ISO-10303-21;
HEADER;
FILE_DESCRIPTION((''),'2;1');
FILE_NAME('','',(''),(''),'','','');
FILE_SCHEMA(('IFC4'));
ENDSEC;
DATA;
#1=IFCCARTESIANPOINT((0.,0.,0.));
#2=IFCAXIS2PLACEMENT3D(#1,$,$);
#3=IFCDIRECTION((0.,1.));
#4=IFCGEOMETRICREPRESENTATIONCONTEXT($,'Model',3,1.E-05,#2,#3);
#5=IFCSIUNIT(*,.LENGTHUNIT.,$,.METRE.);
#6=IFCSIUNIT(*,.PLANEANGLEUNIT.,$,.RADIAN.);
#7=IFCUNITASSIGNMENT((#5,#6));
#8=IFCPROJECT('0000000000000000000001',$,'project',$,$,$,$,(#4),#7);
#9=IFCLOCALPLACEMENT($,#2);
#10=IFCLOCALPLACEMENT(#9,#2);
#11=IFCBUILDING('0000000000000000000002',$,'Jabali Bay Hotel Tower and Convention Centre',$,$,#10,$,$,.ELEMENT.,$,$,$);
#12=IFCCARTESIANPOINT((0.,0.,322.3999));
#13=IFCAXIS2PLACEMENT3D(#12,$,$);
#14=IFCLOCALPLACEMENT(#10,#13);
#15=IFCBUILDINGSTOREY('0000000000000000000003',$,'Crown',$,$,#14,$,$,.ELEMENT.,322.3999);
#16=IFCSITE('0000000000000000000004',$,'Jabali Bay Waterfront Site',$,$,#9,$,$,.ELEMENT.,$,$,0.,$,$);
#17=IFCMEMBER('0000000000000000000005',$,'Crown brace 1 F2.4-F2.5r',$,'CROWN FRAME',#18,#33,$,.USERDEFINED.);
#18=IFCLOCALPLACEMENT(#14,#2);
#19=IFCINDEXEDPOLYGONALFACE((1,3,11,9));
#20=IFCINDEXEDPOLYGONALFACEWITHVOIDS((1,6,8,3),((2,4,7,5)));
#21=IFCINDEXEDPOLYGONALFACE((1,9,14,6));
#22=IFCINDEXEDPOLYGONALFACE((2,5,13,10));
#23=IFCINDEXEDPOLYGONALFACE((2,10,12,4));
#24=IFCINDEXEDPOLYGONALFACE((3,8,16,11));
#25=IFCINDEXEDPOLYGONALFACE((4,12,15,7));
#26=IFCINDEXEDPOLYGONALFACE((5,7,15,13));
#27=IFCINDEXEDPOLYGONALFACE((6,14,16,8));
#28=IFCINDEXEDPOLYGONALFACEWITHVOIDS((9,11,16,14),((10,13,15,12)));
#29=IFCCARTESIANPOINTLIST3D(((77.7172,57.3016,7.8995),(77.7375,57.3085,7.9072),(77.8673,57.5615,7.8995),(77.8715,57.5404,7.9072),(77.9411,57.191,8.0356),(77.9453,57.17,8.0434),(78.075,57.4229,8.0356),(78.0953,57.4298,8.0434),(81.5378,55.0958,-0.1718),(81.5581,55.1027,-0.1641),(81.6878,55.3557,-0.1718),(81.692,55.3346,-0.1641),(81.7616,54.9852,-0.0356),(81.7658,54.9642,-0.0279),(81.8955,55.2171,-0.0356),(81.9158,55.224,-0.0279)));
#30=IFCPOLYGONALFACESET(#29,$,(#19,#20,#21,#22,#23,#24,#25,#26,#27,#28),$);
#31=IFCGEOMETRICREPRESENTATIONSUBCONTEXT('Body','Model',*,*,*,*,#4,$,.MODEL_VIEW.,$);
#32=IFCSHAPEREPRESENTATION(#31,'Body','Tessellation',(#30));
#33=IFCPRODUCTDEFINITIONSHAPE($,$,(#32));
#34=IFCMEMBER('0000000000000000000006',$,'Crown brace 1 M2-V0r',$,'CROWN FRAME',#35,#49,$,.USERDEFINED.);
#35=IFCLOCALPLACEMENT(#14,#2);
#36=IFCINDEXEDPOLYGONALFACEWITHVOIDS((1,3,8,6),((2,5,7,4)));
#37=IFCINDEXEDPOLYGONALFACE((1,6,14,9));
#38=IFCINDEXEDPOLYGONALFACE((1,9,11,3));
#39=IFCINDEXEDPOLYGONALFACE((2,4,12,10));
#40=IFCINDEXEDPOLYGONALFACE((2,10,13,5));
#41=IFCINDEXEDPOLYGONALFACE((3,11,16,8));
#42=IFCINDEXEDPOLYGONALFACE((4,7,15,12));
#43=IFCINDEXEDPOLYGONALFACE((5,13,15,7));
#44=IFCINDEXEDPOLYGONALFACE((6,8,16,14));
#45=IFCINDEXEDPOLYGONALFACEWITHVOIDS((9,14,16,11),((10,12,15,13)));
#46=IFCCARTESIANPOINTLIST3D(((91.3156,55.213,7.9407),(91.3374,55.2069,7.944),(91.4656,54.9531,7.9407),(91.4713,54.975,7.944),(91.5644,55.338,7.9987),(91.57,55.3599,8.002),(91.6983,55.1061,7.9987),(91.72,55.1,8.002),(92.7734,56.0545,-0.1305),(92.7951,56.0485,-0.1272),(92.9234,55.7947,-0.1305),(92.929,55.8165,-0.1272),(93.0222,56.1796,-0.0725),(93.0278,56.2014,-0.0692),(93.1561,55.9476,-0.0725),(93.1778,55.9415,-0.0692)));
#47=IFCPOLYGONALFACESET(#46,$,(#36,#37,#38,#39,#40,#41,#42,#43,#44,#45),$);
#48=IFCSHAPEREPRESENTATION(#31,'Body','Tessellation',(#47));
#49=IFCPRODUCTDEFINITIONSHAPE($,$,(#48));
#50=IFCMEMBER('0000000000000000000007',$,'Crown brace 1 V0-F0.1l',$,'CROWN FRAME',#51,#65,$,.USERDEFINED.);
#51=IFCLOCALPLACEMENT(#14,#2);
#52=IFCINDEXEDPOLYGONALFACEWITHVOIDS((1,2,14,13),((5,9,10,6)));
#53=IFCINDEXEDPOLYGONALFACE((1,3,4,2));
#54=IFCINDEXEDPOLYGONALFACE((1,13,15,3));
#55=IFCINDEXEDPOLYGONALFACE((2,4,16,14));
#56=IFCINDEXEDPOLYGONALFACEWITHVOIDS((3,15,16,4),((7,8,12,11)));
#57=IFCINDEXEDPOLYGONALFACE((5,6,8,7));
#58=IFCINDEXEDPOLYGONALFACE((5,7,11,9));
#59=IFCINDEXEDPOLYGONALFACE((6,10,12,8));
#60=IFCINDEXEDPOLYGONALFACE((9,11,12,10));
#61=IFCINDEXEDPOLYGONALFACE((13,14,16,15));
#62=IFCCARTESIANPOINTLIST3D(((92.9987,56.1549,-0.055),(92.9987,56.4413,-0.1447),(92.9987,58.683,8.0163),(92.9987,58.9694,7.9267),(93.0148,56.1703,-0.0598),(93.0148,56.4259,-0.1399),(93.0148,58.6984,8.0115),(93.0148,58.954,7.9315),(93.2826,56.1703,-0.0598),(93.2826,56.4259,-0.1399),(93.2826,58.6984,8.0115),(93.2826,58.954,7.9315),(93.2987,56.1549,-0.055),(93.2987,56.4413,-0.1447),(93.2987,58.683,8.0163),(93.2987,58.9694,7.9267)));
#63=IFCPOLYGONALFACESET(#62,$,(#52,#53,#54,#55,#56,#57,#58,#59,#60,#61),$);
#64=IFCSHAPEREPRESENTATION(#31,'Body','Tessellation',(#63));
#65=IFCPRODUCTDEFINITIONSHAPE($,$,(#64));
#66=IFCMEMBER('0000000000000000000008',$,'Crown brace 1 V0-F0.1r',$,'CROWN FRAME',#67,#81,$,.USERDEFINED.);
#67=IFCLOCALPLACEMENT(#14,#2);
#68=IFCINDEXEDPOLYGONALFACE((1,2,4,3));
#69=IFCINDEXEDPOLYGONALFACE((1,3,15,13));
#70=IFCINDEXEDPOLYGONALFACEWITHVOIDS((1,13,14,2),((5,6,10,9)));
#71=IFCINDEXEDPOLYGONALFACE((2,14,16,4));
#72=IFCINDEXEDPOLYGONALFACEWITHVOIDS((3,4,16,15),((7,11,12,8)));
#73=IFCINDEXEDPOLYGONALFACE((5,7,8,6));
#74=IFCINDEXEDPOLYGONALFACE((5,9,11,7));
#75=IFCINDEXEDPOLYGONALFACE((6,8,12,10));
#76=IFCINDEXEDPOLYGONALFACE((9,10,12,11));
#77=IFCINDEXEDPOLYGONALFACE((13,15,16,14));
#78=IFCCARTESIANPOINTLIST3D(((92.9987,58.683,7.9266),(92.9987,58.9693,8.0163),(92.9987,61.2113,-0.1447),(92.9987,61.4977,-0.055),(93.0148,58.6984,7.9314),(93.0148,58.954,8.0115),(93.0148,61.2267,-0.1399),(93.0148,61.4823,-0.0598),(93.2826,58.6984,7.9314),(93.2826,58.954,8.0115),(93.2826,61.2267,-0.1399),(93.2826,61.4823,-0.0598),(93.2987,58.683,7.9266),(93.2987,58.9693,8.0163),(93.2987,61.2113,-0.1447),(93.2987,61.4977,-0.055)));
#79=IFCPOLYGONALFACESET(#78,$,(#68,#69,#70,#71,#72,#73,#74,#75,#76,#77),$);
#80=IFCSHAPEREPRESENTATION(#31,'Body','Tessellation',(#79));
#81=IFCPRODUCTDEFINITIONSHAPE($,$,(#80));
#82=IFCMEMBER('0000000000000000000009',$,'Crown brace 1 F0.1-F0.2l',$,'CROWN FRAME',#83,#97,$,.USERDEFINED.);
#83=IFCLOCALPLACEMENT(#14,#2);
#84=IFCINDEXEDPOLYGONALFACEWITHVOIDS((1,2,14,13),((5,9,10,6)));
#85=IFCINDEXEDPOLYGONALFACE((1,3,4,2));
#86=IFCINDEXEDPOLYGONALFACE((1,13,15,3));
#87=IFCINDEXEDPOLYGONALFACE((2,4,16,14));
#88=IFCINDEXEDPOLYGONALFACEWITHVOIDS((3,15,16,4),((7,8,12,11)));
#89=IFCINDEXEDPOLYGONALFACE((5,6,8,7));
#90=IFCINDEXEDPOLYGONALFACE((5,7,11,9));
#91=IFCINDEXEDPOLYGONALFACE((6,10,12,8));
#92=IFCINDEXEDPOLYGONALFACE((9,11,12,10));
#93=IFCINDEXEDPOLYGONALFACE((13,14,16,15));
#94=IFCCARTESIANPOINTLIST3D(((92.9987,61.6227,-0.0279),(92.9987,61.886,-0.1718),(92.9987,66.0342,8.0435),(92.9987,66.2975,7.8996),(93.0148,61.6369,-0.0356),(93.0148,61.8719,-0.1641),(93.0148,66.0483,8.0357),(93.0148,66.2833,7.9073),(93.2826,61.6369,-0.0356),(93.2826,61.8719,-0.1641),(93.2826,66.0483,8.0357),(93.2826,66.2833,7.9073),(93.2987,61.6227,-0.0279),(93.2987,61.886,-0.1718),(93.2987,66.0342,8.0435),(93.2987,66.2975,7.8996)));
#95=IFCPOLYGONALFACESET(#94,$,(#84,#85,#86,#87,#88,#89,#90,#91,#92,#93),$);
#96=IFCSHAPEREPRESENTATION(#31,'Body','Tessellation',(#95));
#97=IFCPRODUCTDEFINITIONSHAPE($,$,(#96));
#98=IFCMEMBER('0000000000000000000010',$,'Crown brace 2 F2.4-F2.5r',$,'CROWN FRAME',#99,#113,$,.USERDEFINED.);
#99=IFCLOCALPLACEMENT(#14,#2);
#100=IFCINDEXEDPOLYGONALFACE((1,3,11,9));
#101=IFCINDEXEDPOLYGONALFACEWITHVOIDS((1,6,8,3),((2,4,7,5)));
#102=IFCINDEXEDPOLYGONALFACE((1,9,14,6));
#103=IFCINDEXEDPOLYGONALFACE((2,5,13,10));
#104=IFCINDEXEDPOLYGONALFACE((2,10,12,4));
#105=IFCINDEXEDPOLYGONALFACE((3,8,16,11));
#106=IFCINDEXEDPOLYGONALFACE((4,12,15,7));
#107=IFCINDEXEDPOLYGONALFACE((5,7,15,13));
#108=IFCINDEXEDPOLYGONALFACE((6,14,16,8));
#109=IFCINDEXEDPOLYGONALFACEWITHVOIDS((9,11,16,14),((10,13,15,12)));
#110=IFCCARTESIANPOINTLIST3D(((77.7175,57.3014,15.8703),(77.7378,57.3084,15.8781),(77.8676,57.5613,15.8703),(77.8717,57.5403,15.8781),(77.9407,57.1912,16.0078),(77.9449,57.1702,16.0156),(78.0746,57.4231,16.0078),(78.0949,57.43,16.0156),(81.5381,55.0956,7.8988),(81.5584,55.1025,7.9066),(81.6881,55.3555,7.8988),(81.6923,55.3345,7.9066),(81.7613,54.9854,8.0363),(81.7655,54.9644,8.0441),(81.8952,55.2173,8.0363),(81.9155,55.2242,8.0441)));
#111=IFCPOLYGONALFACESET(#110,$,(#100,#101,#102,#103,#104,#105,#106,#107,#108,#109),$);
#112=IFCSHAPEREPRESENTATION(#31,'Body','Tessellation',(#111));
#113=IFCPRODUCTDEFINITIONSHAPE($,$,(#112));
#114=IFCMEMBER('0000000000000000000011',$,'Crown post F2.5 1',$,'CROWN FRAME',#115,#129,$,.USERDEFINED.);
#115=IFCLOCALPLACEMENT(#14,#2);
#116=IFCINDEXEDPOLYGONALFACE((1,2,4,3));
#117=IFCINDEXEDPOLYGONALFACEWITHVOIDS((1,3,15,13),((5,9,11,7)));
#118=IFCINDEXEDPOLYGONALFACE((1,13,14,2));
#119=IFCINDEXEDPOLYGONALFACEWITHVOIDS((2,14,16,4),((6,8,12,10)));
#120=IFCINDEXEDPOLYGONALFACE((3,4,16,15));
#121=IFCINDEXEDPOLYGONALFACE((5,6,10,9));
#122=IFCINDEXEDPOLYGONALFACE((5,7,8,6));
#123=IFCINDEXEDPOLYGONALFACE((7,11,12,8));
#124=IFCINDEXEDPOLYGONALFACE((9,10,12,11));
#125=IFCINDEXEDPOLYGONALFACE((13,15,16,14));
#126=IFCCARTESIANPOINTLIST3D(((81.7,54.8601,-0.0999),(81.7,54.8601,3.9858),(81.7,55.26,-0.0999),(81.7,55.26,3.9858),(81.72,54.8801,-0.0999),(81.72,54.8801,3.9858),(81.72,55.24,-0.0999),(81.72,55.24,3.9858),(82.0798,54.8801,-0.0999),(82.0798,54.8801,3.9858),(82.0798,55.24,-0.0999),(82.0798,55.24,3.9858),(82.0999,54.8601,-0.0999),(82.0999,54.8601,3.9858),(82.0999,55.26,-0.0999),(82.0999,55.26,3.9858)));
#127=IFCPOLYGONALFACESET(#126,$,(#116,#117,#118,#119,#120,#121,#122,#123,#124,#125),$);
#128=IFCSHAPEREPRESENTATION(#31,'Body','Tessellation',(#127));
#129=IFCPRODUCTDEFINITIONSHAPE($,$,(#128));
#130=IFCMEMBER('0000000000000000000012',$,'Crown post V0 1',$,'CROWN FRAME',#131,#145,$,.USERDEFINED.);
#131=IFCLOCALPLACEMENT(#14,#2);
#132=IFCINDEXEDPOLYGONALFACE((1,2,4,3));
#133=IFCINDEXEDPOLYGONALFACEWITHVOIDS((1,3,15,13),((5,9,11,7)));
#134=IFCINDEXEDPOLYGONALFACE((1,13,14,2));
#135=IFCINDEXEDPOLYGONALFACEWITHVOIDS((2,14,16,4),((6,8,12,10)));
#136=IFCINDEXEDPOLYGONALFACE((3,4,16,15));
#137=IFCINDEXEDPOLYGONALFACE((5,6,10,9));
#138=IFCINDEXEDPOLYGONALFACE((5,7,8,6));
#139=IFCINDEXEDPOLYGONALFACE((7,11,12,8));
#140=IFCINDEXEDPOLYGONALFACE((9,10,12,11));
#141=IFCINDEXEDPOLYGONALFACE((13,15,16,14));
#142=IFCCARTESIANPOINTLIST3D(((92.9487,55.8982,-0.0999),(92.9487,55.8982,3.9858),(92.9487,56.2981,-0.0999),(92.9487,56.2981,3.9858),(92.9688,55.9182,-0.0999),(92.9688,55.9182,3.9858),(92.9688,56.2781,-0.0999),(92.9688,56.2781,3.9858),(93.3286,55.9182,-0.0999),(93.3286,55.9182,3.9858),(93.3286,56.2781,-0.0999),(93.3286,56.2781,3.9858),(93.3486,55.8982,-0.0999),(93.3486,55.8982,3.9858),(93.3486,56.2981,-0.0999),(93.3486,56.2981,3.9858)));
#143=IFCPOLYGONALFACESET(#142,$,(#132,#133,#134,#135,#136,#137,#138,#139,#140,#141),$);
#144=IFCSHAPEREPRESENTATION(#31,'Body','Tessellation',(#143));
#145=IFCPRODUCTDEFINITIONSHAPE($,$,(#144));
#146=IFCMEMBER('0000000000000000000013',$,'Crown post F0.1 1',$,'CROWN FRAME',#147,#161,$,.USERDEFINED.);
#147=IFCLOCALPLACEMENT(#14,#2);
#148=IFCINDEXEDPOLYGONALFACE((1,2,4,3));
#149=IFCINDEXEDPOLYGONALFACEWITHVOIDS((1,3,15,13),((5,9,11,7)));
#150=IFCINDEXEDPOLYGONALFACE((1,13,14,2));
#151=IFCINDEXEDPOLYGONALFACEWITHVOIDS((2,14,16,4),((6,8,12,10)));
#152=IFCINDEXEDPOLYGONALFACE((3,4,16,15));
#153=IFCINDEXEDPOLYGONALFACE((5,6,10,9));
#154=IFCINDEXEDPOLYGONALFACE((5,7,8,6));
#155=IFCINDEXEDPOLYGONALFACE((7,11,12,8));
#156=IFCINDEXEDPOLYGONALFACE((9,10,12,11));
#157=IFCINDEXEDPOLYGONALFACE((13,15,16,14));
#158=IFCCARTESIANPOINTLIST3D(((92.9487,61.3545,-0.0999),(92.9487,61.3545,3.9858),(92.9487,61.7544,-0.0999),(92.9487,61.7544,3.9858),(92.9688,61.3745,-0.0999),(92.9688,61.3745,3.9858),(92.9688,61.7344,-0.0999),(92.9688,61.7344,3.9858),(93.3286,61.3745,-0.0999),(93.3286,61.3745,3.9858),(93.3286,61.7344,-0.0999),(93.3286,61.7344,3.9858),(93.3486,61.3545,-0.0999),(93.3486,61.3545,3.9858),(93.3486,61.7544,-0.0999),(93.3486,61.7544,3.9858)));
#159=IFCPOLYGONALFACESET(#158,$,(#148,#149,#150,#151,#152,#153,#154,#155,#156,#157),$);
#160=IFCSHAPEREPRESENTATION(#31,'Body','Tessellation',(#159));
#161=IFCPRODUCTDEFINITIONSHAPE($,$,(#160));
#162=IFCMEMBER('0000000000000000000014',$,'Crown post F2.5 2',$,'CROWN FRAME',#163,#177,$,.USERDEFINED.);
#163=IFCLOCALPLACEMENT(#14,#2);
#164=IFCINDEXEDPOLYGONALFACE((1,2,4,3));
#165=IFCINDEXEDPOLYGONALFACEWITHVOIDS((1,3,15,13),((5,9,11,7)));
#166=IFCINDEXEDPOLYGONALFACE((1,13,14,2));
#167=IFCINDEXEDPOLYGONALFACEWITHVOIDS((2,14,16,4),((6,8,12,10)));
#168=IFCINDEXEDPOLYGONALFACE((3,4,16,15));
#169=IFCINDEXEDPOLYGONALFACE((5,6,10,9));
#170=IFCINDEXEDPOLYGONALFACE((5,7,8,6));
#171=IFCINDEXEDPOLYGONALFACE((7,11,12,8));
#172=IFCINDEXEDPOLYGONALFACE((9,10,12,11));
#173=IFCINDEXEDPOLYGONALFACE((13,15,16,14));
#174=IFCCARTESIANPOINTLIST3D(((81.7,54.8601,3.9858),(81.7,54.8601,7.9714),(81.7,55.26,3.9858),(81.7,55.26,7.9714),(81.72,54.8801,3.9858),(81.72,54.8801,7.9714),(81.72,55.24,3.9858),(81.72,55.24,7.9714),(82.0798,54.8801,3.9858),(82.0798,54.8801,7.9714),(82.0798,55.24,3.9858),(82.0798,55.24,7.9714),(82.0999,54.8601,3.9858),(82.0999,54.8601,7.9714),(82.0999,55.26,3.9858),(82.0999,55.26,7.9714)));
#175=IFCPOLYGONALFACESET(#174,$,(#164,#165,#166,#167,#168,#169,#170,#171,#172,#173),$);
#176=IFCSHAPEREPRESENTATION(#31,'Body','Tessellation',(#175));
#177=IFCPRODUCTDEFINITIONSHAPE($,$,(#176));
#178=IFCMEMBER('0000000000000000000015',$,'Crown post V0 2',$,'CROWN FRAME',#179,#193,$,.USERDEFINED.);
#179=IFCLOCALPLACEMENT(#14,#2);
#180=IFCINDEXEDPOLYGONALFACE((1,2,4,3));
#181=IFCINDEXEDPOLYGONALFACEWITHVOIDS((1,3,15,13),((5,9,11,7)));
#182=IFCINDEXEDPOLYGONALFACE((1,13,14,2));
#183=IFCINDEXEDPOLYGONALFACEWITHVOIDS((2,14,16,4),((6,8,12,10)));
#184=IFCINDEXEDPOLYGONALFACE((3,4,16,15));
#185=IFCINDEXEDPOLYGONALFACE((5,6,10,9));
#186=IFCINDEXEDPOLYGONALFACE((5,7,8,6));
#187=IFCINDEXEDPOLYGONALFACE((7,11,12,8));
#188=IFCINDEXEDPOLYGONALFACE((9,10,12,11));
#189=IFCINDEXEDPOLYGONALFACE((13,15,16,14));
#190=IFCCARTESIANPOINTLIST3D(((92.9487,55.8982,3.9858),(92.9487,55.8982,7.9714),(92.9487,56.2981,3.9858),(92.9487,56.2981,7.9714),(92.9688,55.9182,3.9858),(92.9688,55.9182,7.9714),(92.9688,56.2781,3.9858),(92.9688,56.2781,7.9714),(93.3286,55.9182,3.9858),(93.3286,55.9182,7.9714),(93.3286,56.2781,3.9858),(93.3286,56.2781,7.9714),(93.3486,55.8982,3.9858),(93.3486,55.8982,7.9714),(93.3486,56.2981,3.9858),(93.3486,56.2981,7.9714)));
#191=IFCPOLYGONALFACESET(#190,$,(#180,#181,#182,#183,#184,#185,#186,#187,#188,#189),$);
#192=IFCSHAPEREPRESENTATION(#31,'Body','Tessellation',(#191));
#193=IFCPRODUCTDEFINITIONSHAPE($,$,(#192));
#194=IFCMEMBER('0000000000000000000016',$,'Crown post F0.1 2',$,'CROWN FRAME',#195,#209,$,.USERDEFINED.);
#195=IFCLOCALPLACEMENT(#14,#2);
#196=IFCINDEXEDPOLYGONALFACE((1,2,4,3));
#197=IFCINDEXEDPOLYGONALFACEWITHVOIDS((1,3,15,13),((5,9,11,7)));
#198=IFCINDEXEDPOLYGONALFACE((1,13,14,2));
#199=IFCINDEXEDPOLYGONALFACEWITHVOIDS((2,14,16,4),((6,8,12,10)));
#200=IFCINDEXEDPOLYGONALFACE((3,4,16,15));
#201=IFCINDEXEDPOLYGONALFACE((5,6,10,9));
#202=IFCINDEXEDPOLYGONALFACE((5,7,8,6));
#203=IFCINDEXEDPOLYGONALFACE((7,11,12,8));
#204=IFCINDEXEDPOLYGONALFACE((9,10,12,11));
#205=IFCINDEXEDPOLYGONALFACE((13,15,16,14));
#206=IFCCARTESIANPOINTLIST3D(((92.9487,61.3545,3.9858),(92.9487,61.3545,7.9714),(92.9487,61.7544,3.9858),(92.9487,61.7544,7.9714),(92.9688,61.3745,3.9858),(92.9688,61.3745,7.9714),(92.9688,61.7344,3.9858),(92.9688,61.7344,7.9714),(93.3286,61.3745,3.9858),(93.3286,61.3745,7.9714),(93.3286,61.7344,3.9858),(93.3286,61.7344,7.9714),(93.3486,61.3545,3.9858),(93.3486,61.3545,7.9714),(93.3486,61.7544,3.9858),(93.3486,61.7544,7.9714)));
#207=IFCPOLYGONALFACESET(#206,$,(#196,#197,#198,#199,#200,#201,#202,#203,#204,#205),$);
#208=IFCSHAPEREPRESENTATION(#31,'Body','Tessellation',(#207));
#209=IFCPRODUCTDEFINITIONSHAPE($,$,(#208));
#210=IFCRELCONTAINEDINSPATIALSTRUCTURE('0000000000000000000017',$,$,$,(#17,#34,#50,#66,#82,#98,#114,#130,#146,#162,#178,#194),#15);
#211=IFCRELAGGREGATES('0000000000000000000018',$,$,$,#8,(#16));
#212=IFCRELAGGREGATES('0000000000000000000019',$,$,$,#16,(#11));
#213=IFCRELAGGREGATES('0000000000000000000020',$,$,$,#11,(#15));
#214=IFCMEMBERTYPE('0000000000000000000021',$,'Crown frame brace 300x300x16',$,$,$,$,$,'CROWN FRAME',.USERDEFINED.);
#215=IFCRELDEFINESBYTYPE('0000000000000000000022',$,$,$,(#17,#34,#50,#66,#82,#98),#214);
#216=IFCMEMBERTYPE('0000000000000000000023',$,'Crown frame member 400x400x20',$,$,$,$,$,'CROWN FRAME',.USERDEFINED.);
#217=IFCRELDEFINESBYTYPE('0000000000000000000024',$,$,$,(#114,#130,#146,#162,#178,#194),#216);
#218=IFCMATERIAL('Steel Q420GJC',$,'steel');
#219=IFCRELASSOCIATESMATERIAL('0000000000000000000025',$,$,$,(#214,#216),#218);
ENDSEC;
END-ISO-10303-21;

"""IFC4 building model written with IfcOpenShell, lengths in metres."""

from ifc_helpers import new_model, si_unit, direction, frame, origin, origin_2d, place, context, subcontext, project, spatial, hollow_rectangle, extrude, material, material_profile, profile_set, type_object, element, save


model = new_model("IFC4")

# Units and contexts
model_context = context("Model", 3, precision=1e-05, world=origin(), true_north=direction((0.0, 1.0)))
body_context = subcontext(model_context, "Body", "Model", "MODEL_VIEW")
ifc_project = project(units=[si_unit("LENGTHUNIT", "METRE"), si_unit("PLANEANGLEUNIT", "RADIAN")], contexts=[model_context])

# Site, building, storey
site_placement = place(None, origin())
site = spatial("IfcSite", under=ifc_project, at=site_placement, Name="Jabali Bay Waterfront Site", CompositionType="ELEMENT", RefElevation=0.0)
building_placement = place(site_placement, origin())
building = spatial("IfcBuilding", under=site, at=building_placement, Name="Jabali Bay Hotel Tower and Convention Centre", CompositionType="ELEMENT")
storey_placement = place(building_placement, frame((0.0, 0.0, 322.3999)))
storey = spatial("IfcBuildingStorey", under=building, at=storey_placement, Name="Crown", CompositionType="ELEMENT", Elevation=322.3999)

# Members
ifc_material_1 = material(Name="Steel Q420GJC", Category="steel")
ifc_material_profile_1 = material_profile(ifc_material_1, hollow_rectangle(XDim=0.3, YDim=0.3, WallThickness=0.0161, at=origin_2d()), Name="Crown frame brace 300x300x16")
ifc_profile_set_1 = profile_set([ifc_material_profile_1], Name="Steel Q420GJC")
member_type_1 = type_object("IfcMemberType", Name="Crown frame brace 300x300x16", ElementType="CROWN FRAME", PredefinedType="USERDEFINED", material=ifc_profile_set_1)
member_1_placement = place(storey_placement, frame((81.7268, 55.1599, -0.0999), z_axis=(-0.415357, 0.239807, 0.87748), x_axis=(-0.500002, -0.866024, 0.0)))
element("IfcMember", 1, at=member_1_placement, inside=storey, type_object=member_type_1, Name="Crown brace 1 F2.4-F2.5r", ObjectType="CROWN FRAME", PredefinedType="USERDEFINED", context=body_context, shape_type="SweptSolid", body=[
    extrude(hollow_rectangle(XDim=0.3, YDim=0.3, WallThickness=0.0161, at=origin_2d()), origin(), (0.0, 0.0, 1.0), 9.1982),
])
member_2_placement = place(storey_placement, frame((92.9756, 55.998, -0.0999), z_axis=(-0.176807, -0.102069, 0.978939), x_axis=(0.499961, -0.866048, 0.0)))
element("IfcMember", 2, at=member_2_placement, inside=storey, type_object=member_type_1, Name="Crown brace 1 M2-V0r", ObjectType="CROWN FRAME", PredefinedType="USERDEFINED", context=body_context, shape_type="SweptSolid", body=[
    extrude(hollow_rectangle(XDim=0.3, YDim=0.3, WallThickness=0.0161, at=origin_2d()), origin(), (0.0, 0.0, 1.0), 8.2449),
])
for number, where, z_axis, x_axis, name in (
    (3, (93.1487, 56.2981, -0.0999), (0.0, 0.298899, 0.954285), (-1.0, 0.0, 0.0), "Crown brace 1 V0-F0.1l"),
    (4, (93.1487, 61.3545, -0.0999), (0.0, -0.298926, 0.954276), (1.0, 0.0, 0.0), "Crown brace 1 V0-F0.1r"),
):
    element("IfcMember", number, at=place(storey_placement, frame(where, z_axis=z_axis, x_axis=x_axis)), inside=storey, type_object=member_type_1, Name=name, ObjectType="CROWN FRAME", PredefinedType="USERDEFINED", context=body_context, shape_type="SweptSolid", body=[
        extrude(hollow_rectangle(XDim=0.3, YDim=0.3, WallThickness=0.0161, at=origin_2d()), origin(), (0.0, 0.0, 1.0), 8.458),
    ])
member_3_placement = place(storey_placement, frame((93.1487, 61.7544, -0.0999), z_axis=(0.0, 0.479594, 0.877491), x_axis=(-1.0, 0.0, 0.0)))
element("IfcMember", 5, at=member_3_placement, inside=storey, type_object=member_type_1, Name="Crown brace 1 F0.1-F0.2l", ObjectType="CROWN FRAME", PredefinedType="USERDEFINED", context=body_context, shape_type="SweptSolid", body=[
    extrude(hollow_rectangle(XDim=0.3, YDim=0.3, WallThickness=0.0161, at=origin_2d()), origin(), (0.0, 0.0, 1.0), 9.1982),
])
member_4_placement = place(storey_placement, frame((81.7268, 55.1599, 7.9714), z_axis=(-0.419345, 0.24211, 0.874947), x_axis=(-0.500002, -0.866024, 0.0)))
element("IfcMember", 6, at=member_4_placement, inside=storey, type_object=member_type_1, Name="Crown brace 2 F2.4-F2.5r", ObjectType="CROWN FRAME", PredefinedType="USERDEFINED", context=body_context, shape_type="SweptSolid", body=[
    extrude(hollow_rectangle(XDim=0.3, YDim=0.3, WallThickness=0.0161, at=origin_2d()), origin(), (0.0, 0.0, 1.0), 9.1108),
])
ifc_material_profile_2 = material_profile(ifc_material_1, hollow_rectangle(XDim=0.3999, YDim=0.3999, WallThickness=0.02, at=origin_2d()), Name="Crown frame member 400x400x20")
ifc_profile_set_2 = profile_set([ifc_material_profile_2], Name="Steel Q420GJC")
member_type_2 = type_object("IfcMemberType", Name="Crown frame member 400x400x20", ElementType="CROWN FRAME", PredefinedType="USERDEFINED", material=ifc_profile_set_2)
for number, where, z_axis, x_axis, name in (
    (7, (81.8999, 55.0601, -0.0999), (0.0, 0.0, 1.0), (1.0, 0.0, 0.0), "Crown post F2.5 1"),
    (8, (93.1487, 56.0981, -0.0999), (0.0, 0.0, 1.0), (1.0, 0.0, 0.0), "Crown post V0 1"),
    (9, (93.1487, 61.5544, -0.0999), (0.0, 0.0, 1.0), (1.0, 0.0, 0.0), "Crown post F0.1 1"),
):
    element("IfcMember", number, at=place(storey_placement, frame(where, z_axis=z_axis, x_axis=x_axis)), inside=storey, type_object=member_type_2, Name=name, ObjectType="CROWN FRAME", PredefinedType="USERDEFINED", context=body_context, shape_type="SweptSolid", body=[
        extrude(hollow_rectangle(XDim=0.3999, YDim=0.3999, WallThickness=0.02, at=origin_2d()), origin(), (0.0, 0.0, 1.0), 4.0857),
    ])
for number, where, z_axis, x_axis, name in (
    (10, (81.8999, 55.0601, 3.9858), (0.0, 0.0, 1.0), (1.0, 0.0, 0.0), "Crown post F2.5 2"),
    (11, (93.1487, 56.0981, 3.9858), (0.0, 0.0, 1.0), (1.0, 0.0, 0.0), "Crown post V0 2"),
    (12, (93.1487, 61.5544, 3.9858), (0.0, 0.0, 1.0), (1.0, 0.0, 0.0), "Crown post F0.1 2"),
):
    element("IfcMember", number, at=place(storey_placement, frame(where, z_axis=z_axis, x_axis=x_axis)), inside=storey, type_object=member_type_2, Name=name, ObjectType="CROWN FRAME", PredefinedType="USERDEFINED", context=body_context, shape_type="SweptSolid", body=[
        extrude(hollow_rectangle(XDim=0.3999, YDim=0.3999, WallThickness=0.02, at=origin_2d()), origin(), (0.0, 0.0, 1.0), 3.9856),
    ])

save(model, "model.ifc")
